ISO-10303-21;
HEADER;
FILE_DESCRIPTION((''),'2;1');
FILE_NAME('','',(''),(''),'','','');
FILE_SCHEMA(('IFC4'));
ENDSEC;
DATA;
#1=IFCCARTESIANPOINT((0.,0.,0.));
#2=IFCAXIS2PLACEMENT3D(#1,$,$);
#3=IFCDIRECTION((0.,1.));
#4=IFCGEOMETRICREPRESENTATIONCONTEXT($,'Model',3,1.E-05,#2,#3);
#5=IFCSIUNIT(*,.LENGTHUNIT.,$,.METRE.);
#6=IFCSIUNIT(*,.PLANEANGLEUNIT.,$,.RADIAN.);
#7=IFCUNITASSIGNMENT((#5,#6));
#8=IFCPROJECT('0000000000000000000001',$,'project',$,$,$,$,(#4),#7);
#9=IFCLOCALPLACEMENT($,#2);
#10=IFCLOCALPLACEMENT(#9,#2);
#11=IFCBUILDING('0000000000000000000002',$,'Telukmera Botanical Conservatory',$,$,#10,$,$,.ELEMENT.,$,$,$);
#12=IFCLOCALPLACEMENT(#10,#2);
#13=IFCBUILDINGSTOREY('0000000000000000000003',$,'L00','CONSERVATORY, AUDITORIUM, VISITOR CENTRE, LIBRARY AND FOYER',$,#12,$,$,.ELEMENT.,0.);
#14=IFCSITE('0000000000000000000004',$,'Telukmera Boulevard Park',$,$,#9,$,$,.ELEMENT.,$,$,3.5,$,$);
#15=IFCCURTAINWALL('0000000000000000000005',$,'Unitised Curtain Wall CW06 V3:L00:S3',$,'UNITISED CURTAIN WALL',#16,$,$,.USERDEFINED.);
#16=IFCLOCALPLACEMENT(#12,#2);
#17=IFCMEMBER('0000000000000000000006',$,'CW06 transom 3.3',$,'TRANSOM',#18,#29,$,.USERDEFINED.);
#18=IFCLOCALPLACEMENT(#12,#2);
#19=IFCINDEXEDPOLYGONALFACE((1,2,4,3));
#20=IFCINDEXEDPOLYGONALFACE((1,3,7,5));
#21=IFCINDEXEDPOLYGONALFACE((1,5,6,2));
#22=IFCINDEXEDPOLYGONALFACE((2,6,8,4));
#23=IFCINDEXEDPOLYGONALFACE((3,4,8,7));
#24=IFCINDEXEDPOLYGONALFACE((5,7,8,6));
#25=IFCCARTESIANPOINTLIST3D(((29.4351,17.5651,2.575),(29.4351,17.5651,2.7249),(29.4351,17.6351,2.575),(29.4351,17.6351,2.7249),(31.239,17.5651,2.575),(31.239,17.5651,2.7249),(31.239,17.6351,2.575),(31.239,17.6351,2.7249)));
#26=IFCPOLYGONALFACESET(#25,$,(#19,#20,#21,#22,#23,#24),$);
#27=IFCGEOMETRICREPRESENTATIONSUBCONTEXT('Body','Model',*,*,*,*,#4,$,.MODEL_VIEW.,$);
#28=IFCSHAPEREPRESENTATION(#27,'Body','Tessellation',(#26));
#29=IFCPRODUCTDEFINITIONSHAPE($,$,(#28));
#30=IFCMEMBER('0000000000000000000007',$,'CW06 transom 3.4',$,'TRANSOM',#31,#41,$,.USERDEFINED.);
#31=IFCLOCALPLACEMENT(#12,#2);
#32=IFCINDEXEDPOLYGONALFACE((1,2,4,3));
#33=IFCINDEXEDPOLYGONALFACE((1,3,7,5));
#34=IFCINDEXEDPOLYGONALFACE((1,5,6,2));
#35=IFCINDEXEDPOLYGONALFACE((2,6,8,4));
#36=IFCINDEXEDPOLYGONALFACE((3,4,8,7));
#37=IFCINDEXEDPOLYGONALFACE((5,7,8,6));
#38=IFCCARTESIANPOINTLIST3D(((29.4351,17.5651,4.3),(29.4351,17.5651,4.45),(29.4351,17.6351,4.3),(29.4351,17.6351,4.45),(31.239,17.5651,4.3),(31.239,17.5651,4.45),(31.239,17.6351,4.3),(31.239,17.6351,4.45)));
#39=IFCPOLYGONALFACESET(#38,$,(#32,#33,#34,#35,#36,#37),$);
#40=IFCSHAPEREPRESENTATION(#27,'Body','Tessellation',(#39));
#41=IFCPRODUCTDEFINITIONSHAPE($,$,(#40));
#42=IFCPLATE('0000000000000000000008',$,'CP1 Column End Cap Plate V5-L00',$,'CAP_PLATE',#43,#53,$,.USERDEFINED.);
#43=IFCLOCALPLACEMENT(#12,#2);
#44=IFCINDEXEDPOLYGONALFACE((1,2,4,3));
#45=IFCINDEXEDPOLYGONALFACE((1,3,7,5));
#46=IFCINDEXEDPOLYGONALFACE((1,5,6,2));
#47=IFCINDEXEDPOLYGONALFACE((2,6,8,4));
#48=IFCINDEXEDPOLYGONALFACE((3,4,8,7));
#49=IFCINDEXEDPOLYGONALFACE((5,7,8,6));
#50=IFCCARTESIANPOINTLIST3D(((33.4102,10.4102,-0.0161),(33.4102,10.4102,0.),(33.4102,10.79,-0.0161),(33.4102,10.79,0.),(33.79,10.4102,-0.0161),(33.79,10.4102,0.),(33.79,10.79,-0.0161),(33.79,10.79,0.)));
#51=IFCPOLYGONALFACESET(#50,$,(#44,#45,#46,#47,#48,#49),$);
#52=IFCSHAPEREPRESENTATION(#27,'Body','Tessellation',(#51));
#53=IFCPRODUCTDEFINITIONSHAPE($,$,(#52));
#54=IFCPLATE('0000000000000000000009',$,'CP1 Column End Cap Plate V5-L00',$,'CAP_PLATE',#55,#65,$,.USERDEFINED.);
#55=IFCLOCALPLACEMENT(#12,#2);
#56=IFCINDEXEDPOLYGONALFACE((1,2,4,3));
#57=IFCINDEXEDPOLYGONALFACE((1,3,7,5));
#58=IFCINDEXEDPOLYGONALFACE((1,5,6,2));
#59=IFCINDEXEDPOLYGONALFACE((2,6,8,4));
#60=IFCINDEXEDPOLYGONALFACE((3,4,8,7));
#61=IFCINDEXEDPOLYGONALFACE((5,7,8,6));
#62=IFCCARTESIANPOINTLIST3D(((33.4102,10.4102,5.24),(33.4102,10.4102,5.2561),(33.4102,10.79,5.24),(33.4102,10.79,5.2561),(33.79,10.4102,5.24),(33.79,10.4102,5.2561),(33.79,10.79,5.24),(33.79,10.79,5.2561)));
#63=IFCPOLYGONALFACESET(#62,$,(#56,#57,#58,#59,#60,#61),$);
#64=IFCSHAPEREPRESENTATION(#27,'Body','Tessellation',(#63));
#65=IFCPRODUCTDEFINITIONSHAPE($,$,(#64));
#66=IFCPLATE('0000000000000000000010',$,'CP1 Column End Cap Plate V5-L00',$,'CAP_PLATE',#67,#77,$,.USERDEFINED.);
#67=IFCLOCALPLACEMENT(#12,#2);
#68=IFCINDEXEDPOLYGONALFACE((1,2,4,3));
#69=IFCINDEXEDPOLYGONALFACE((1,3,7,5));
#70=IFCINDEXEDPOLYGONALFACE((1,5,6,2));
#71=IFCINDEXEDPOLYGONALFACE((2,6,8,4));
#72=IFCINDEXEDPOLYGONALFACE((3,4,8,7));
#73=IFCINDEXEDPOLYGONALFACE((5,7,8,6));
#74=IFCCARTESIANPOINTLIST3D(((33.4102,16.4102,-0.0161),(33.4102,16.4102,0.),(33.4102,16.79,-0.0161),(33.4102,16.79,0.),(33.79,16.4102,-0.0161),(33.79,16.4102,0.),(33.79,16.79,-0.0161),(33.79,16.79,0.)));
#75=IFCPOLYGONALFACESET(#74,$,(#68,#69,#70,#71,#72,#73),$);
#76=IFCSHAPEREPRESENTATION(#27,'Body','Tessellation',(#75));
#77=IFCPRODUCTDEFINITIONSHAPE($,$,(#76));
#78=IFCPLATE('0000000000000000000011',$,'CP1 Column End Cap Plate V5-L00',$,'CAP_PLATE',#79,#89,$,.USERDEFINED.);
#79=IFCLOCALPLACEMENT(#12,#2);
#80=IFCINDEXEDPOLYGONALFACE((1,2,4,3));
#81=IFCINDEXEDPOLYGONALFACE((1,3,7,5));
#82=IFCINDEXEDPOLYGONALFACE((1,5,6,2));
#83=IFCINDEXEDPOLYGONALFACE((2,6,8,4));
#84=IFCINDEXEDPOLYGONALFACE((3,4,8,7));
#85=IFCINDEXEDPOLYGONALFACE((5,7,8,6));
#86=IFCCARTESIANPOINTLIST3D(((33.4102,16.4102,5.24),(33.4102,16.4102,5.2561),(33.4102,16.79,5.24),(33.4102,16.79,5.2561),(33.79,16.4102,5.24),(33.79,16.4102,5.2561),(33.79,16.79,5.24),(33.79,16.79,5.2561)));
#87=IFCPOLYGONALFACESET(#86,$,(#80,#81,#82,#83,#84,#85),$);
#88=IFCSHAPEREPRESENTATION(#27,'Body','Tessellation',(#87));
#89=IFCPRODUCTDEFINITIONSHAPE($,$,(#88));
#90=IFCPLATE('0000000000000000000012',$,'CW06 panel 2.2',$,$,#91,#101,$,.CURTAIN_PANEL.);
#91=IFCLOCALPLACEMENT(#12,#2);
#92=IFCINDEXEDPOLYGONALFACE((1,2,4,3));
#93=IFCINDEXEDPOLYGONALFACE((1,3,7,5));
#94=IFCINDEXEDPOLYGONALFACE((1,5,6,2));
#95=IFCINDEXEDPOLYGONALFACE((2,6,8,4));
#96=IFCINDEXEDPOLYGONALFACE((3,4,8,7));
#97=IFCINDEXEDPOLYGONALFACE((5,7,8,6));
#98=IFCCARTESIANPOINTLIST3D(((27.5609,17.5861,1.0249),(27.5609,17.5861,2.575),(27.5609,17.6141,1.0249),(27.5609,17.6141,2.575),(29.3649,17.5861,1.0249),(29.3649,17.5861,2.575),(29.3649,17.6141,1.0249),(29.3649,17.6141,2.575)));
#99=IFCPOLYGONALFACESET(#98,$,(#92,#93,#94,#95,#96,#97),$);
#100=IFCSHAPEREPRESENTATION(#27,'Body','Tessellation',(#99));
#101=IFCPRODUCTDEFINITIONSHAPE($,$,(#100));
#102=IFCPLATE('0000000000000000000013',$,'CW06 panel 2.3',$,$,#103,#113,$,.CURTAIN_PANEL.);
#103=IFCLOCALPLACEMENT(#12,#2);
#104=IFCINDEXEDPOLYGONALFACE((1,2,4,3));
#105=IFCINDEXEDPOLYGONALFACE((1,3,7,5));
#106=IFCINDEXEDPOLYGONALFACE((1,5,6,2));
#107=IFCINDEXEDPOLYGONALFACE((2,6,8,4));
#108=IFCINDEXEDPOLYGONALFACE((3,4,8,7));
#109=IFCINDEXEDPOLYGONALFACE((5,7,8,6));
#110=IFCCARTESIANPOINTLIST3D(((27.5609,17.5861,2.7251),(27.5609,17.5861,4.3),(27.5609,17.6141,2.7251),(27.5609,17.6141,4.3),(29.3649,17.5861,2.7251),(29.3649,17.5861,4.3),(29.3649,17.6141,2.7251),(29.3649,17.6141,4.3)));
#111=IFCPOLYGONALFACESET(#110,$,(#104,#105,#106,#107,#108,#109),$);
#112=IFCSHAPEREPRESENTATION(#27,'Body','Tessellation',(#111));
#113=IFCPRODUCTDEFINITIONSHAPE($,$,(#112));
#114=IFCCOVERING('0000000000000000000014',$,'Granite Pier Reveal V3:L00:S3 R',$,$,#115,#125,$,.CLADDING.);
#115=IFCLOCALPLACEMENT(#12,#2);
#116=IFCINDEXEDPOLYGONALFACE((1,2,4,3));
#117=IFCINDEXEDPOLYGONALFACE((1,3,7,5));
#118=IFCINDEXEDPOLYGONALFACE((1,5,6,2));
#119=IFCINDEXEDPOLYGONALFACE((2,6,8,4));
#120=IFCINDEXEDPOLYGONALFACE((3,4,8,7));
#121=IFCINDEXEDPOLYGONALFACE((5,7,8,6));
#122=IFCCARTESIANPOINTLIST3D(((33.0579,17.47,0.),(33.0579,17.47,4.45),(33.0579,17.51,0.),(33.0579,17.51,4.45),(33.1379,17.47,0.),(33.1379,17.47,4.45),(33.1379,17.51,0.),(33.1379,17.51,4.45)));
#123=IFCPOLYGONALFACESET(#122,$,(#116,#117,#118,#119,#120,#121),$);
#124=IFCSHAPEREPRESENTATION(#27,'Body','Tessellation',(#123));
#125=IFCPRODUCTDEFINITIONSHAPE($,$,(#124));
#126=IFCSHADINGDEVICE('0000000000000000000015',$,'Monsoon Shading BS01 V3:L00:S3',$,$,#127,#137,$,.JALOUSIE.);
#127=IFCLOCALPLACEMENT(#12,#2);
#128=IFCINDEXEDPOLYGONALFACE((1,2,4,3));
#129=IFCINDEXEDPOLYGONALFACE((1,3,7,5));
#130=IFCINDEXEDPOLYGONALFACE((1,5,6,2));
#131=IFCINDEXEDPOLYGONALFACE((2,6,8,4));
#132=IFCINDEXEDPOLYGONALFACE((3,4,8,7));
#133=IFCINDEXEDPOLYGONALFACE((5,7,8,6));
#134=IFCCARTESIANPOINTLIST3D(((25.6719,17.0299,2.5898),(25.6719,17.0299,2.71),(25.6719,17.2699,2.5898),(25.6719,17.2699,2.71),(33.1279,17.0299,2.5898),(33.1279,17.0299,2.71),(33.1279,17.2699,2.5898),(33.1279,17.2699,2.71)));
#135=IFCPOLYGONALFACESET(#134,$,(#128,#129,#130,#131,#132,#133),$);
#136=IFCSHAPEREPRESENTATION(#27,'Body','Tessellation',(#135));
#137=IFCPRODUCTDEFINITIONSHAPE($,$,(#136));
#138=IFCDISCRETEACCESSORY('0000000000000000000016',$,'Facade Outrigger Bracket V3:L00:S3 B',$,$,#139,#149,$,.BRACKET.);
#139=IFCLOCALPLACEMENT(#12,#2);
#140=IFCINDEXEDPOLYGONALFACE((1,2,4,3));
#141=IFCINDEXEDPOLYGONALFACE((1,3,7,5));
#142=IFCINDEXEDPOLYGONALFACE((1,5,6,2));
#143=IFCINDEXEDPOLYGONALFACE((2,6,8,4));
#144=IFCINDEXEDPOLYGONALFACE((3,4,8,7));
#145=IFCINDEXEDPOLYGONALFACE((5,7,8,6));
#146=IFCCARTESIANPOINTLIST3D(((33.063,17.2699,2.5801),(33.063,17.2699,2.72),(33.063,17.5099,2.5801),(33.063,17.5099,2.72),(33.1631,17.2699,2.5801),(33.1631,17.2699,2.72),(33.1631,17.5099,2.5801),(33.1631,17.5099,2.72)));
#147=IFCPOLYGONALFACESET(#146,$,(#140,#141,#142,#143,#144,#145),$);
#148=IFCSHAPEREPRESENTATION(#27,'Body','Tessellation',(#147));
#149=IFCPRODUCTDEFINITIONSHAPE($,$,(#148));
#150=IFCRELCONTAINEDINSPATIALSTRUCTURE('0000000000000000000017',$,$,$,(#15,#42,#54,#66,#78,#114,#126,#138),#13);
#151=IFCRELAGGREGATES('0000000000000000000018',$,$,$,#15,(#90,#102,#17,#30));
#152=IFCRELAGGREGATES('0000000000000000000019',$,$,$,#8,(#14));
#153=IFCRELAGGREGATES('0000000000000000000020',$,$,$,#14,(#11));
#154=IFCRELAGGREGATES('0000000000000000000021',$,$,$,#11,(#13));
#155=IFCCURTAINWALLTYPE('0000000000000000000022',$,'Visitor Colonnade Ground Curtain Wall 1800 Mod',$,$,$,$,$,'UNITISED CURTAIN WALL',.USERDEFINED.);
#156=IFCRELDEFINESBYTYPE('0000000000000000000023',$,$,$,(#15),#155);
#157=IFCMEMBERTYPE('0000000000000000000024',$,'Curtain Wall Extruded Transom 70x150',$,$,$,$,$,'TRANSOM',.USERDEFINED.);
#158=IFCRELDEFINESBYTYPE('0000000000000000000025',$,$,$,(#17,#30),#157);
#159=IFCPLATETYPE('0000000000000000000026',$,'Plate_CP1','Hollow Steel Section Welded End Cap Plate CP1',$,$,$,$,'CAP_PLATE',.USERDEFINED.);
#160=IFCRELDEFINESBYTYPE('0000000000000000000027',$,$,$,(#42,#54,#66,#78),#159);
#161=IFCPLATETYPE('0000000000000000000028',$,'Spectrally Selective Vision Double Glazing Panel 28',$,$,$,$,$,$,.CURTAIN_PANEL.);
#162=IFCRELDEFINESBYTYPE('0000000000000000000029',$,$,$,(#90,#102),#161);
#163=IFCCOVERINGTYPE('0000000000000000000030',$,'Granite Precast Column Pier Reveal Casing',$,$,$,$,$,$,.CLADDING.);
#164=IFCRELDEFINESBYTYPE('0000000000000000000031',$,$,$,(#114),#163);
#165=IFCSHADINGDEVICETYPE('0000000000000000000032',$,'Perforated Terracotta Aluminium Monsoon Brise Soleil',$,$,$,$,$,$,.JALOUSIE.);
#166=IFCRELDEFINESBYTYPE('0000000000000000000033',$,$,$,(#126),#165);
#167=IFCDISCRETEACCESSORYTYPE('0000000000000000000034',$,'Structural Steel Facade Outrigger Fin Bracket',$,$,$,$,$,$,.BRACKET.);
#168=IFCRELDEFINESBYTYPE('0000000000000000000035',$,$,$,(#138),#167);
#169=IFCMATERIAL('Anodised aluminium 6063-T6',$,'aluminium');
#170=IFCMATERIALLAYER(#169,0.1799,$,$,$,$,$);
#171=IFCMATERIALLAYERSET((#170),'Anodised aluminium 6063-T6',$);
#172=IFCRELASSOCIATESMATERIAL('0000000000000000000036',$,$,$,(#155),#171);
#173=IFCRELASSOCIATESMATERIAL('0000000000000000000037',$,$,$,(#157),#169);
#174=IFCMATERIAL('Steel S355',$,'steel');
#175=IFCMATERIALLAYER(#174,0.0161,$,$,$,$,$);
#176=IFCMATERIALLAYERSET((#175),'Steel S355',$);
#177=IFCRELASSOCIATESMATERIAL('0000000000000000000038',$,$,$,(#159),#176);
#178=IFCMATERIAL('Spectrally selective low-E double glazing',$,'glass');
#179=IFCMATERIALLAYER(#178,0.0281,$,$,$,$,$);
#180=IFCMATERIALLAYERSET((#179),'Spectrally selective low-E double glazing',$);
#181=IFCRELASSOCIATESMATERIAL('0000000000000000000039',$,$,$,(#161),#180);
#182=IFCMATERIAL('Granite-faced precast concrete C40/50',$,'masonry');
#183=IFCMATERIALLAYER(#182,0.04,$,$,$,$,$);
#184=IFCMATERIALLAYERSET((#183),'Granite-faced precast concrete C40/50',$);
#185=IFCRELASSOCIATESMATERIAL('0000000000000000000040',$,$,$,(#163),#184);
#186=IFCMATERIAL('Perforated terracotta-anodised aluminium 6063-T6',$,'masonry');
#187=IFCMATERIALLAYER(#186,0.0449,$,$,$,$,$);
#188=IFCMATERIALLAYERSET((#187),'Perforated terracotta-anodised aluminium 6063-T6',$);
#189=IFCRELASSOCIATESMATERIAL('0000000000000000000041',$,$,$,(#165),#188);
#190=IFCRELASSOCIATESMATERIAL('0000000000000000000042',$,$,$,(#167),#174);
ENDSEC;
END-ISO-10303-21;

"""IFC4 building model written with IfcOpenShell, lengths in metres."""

from ifc_helpers import new_model, si_unit, direction, frame, origin, origin_2d, place, context, subcontext, project, spatial, rectangle, extrude, material, layer, layer_set, material_profile, profile_set, type_object, element, aggregate, save


model = new_model("IFC4")

# Units and contexts
model_context = context("Model", 3, precision=1e-05, world=origin(), true_north=direction((0.0, 1.0)))
body_context = subcontext(model_context, "Body", "Model", "MODEL_VIEW")
ifc_project = project(units=[si_unit("LENGTHUNIT", "METRE"), si_unit("PLANEANGLEUNIT", "RADIAN")], contexts=[model_context])

# Site, building, storey
site_placement = place(None, origin())
site = spatial("IfcSite", under=ifc_project, at=site_placement, Name="Telukmera Boulevard Park", CompositionType="ELEMENT", RefElevation=3.5)
building_placement = place(site_placement, origin())
building = spatial("IfcBuilding", under=site, at=building_placement, Name="Telukmera Botanical Conservatory", CompositionType="ELEMENT")
storey_placement = place(building_placement, origin())
storey = spatial("IfcBuildingStorey", under=building, at=storey_placement, Name="L00", Description="CONSERVATORY, AUDITORIUM, VISITOR CENTRE, LIBRARY AND FOYER", CompositionType="ELEMENT", Elevation=0.0)

# Shared definitions
ifc_material_1 = material(Name="Steel S355", Category="steel")

# Curtain wall, members
ifc_material_2 = material(Name="Anodised aluminium 6063-T6", Category="aluminium")
ifc_layer_1 = layer(ifc_material_2, 0.1799)
ifc_layer_set_1 = layer_set([ifc_layer_1], Name="Anodised aluminium 6063-T6")
curtain_wall_type = type_object("IfcCurtainWallType", Name="Visitor Colonnade Ground Curtain Wall 1800 Mod", ElementType="UNITISED CURTAIN WALL", PredefinedType="USERDEFINED", material=ifc_layer_set_1)
curtain_wall_placement = place(storey_placement, origin())
curtain_wall = element("IfcCurtainWall", 1, at=curtain_wall_placement, inside=storey, type_object=curtain_wall_type, Name="Unitised Curtain Wall CW06 V3:L00:S3", ObjectType="UNITISED CURTAIN WALL", PredefinedType="USERDEFINED")
ifc_material_profile_1 = material_profile(ifc_material_2, rectangle(XDim=0.0701, YDim=0.1499, at=origin_2d()), Name="ALU TRAN 70x150")
ifc_profile_set_1 = profile_set([ifc_material_profile_1], Name="Anodised aluminium 6063-T6")
member_type_1 = type_object("IfcMemberType", Name="Curtain Wall Extruded Transom 70x150", ElementType="TRANSOM", PredefinedType="USERDEFINED", material=ifc_profile_set_1)
member_1_placement = place(storey_placement, frame((29.4351, 17.6001, 2.6499), z_axis=(1.0, 0.0, 0.0), x_axis=(0.0, 1.0, 0.0)))
member_1 = element("IfcMember", 2, at=member_1_placement, type_object=member_type_1, Name="CW06 transom 3.3", ObjectType="TRANSOM", PredefinedType="USERDEFINED", context=body_context, shape_type="SweptSolid", body=[
    extrude(rectangle(XDim=0.0701, YDim=0.1499, at=origin_2d()), origin(), (0.0, 0.0, 1.0), 1.804),
])
member_2_placement = place(storey_placement, frame((29.4351, 17.6001, 4.375), z_axis=(1.0, 0.0, 0.0), x_axis=(0.0, 1.0, 0.0)))
member_2 = element("IfcMember", 3, at=member_2_placement, type_object=member_type_1, Name="CW06 transom 3.4", ObjectType="TRANSOM", PredefinedType="USERDEFINED", context=body_context, shape_type="SweptSolid", body=[
    extrude(rectangle(XDim=0.0701, YDim=0.1499, at=origin_2d()), origin(), (0.0, 0.0, 1.0), 1.804),
])

# Plates
ifc_layer_2 = layer(ifc_material_1, 0.0161)
ifc_layer_set_2 = layer_set([ifc_layer_2], Name="Steel S355")
plate_type_1 = type_object("IfcPlateType", Name="Plate_CP1", Description="Hollow Steel Section Welded End Cap Plate CP1", ElementType="CAP_PLATE", PredefinedType="USERDEFINED", material=ifc_layer_set_2)
for number, where, z_axis, x_axis, name in (
    (4, (33.6001, 10.6001, -0.0161), (0.0, 0.0, 1.0), (1.0, 0.0, 0.0), "CP1 Column End Cap Plate V5-L00"),
    (5, (33.6001, 10.6001, 5.24), (0.0, 0.0, 1.0), (1.0, 0.0, 0.0), "CP1 Column End Cap Plate V5-L00"),
    (6, (33.6001, 16.6001, -0.0161), (0.0, 0.0, 1.0), (1.0, 0.0, 0.0), "CP1 Column End Cap Plate V5-L00"),
    (7, (33.6001, 16.6001, 5.24), (0.0, 0.0, 1.0), (1.0, 0.0, 0.0), "CP1 Column End Cap Plate V5-L00"),
):
    element("IfcPlate", number, at=place(storey_placement, frame(where, z_axis=z_axis, x_axis=x_axis)), inside=storey, type_object=plate_type_1, Name=name, ObjectType="CAP_PLATE", PredefinedType="USERDEFINED", context=body_context, shape_type="SweptSolid", body=[
        extrude(rectangle(XDim=0.3799, YDim=0.3799, at=origin_2d()), origin(), (0.0, 0.0, 1.0), 0.0161),
    ])

# Plates
ifc_material_3 = material(Name="Spectrally selective low-E double glazing", Category="glass")
ifc_layer_3 = layer(ifc_material_3, 0.0281)
ifc_layer_set_3 = layer_set([ifc_layer_3], Name="Spectrally selective low-E double glazing")
plate_type_2 = type_object("IfcPlateType", Name="Spectrally Selective Vision Double Glazing Panel 28", PredefinedType="CURTAIN_PANEL", material=ifc_layer_set_3)
plate_1_placement = place(storey_placement, frame((28.4629, 17.6001, 1.0249), z_axis=(0.0, 0.0, 1.0), x_axis=(1.0, 0.0, 0.0)))
plate_1 = element("IfcPlate", 8, at=plate_1_placement, type_object=plate_type_2, Name="CW06 panel 2.2", PredefinedType="CURTAIN_PANEL", context=body_context, shape_type="SweptSolid", body=[
    extrude(rectangle(XDim=1.804, YDim=0.0281, at=origin_2d()), origin(), (0.0, 0.0, 1.0), 1.55),
])
plate_2_placement = place(storey_placement, frame((28.4629, 17.6001, 2.7251), z_axis=(0.0, 0.0, 1.0), x_axis=(1.0, 0.0, 0.0)))
plate_2 = element("IfcPlate", 9, at=plate_2_placement, type_object=plate_type_2, Name="CW06 panel 2.3", PredefinedType="CURTAIN_PANEL", context=body_context, shape_type="SweptSolid", body=[
    extrude(rectangle(XDim=1.804, YDim=0.0281, at=origin_2d()), origin(), (0.0, 0.0, 1.0), 1.575),
])
aggregate(curtain_wall, [plate_1, plate_2, member_1, member_2])

# Covering
ifc_material_4 = material(Name="Granite-faced precast concrete C40/50", Category="masonry")
ifc_layer_4 = layer(ifc_material_4, 0.04)
ifc_layer_set_4 = layer_set([ifc_layer_4], Name="Granite-faced precast concrete C40/50")
covering_type = type_object("IfcCoveringType", Name="Granite Precast Column Pier Reveal Casing", PredefinedType="CLADDING", material=ifc_layer_set_4)
covering_placement = place(storey_placement, frame((33.0979, 17.49, 0.0), z_axis=(0.0, 0.0, 1.0), x_axis=(1.0, 0.0, 0.0)))
element("IfcCovering", 10, at=covering_placement, inside=storey, type_object=covering_type, Name="Granite Pier Reveal V3:L00:S3 R", PredefinedType="CLADDING", context=body_context, shape_type="SweptSolid", body=[
    extrude(rectangle(XDim=0.0801, YDim=0.04, at=origin_2d()), origin(), (0.0, 0.0, 1.0), 4.45),
])

# Shading device
ifc_material_5 = material(Name="Perforated terracotta-anodised aluminium 6063-T6", Category="masonry")
ifc_layer_5 = layer(ifc_material_5, 0.0449)
ifc_layer_set_5 = layer_set([ifc_layer_5], Name="Perforated terracotta-anodised aluminium 6063-T6")
shading_device_type = type_object("IfcShadingDeviceType", Name="Perforated Terracotta Aluminium Monsoon Brise Soleil", PredefinedType="JALOUSIE", material=ifc_layer_set_5)
shading_device_placement = place(storey_placement, frame((29.3999, 17.1499, 2.5898), z_axis=(0.0, 0.0, 1.0), x_axis=(1.0, 0.0, 0.0)))
element("IfcShadingDevice", 11, at=shading_device_placement, inside=storey, type_object=shading_device_type, Name="Monsoon Shading BS01 V3:L00:S3", PredefinedType="JALOUSIE", context=body_context, shape_type="SweptSolid", body=[
    extrude(rectangle(XDim=7.4561, YDim=0.24, at=origin_2d()), origin(), (0.0, 0.0, 1.0), 0.1201),
])

# Discrete accessory
discrete_accessory_type = type_object("IfcDiscreteAccessoryType", Name="Structural Steel Facade Outrigger Fin Bracket", PredefinedType="BRACKET", material=ifc_material_1)
discrete_accessory_placement = place(storey_placement, frame((33.113, 17.3899, 2.5801), z_axis=(0.0, 0.0, 1.0), x_axis=(1.0, 0.0, 0.0)))
element("IfcDiscreteAccessory", 12, at=discrete_accessory_placement, inside=storey, type_object=discrete_accessory_type, Name="Facade Outrigger Bracket V3:L00:S3 B", PredefinedType="BRACKET", context=body_context, shape_type="SweptSolid", body=[
    extrude(rectangle(XDim=0.1001, YDim=0.24, at=origin_2d()), origin(), (0.0, 0.0, 1.0), 0.1399),
])

save(model, "model.ifc")
